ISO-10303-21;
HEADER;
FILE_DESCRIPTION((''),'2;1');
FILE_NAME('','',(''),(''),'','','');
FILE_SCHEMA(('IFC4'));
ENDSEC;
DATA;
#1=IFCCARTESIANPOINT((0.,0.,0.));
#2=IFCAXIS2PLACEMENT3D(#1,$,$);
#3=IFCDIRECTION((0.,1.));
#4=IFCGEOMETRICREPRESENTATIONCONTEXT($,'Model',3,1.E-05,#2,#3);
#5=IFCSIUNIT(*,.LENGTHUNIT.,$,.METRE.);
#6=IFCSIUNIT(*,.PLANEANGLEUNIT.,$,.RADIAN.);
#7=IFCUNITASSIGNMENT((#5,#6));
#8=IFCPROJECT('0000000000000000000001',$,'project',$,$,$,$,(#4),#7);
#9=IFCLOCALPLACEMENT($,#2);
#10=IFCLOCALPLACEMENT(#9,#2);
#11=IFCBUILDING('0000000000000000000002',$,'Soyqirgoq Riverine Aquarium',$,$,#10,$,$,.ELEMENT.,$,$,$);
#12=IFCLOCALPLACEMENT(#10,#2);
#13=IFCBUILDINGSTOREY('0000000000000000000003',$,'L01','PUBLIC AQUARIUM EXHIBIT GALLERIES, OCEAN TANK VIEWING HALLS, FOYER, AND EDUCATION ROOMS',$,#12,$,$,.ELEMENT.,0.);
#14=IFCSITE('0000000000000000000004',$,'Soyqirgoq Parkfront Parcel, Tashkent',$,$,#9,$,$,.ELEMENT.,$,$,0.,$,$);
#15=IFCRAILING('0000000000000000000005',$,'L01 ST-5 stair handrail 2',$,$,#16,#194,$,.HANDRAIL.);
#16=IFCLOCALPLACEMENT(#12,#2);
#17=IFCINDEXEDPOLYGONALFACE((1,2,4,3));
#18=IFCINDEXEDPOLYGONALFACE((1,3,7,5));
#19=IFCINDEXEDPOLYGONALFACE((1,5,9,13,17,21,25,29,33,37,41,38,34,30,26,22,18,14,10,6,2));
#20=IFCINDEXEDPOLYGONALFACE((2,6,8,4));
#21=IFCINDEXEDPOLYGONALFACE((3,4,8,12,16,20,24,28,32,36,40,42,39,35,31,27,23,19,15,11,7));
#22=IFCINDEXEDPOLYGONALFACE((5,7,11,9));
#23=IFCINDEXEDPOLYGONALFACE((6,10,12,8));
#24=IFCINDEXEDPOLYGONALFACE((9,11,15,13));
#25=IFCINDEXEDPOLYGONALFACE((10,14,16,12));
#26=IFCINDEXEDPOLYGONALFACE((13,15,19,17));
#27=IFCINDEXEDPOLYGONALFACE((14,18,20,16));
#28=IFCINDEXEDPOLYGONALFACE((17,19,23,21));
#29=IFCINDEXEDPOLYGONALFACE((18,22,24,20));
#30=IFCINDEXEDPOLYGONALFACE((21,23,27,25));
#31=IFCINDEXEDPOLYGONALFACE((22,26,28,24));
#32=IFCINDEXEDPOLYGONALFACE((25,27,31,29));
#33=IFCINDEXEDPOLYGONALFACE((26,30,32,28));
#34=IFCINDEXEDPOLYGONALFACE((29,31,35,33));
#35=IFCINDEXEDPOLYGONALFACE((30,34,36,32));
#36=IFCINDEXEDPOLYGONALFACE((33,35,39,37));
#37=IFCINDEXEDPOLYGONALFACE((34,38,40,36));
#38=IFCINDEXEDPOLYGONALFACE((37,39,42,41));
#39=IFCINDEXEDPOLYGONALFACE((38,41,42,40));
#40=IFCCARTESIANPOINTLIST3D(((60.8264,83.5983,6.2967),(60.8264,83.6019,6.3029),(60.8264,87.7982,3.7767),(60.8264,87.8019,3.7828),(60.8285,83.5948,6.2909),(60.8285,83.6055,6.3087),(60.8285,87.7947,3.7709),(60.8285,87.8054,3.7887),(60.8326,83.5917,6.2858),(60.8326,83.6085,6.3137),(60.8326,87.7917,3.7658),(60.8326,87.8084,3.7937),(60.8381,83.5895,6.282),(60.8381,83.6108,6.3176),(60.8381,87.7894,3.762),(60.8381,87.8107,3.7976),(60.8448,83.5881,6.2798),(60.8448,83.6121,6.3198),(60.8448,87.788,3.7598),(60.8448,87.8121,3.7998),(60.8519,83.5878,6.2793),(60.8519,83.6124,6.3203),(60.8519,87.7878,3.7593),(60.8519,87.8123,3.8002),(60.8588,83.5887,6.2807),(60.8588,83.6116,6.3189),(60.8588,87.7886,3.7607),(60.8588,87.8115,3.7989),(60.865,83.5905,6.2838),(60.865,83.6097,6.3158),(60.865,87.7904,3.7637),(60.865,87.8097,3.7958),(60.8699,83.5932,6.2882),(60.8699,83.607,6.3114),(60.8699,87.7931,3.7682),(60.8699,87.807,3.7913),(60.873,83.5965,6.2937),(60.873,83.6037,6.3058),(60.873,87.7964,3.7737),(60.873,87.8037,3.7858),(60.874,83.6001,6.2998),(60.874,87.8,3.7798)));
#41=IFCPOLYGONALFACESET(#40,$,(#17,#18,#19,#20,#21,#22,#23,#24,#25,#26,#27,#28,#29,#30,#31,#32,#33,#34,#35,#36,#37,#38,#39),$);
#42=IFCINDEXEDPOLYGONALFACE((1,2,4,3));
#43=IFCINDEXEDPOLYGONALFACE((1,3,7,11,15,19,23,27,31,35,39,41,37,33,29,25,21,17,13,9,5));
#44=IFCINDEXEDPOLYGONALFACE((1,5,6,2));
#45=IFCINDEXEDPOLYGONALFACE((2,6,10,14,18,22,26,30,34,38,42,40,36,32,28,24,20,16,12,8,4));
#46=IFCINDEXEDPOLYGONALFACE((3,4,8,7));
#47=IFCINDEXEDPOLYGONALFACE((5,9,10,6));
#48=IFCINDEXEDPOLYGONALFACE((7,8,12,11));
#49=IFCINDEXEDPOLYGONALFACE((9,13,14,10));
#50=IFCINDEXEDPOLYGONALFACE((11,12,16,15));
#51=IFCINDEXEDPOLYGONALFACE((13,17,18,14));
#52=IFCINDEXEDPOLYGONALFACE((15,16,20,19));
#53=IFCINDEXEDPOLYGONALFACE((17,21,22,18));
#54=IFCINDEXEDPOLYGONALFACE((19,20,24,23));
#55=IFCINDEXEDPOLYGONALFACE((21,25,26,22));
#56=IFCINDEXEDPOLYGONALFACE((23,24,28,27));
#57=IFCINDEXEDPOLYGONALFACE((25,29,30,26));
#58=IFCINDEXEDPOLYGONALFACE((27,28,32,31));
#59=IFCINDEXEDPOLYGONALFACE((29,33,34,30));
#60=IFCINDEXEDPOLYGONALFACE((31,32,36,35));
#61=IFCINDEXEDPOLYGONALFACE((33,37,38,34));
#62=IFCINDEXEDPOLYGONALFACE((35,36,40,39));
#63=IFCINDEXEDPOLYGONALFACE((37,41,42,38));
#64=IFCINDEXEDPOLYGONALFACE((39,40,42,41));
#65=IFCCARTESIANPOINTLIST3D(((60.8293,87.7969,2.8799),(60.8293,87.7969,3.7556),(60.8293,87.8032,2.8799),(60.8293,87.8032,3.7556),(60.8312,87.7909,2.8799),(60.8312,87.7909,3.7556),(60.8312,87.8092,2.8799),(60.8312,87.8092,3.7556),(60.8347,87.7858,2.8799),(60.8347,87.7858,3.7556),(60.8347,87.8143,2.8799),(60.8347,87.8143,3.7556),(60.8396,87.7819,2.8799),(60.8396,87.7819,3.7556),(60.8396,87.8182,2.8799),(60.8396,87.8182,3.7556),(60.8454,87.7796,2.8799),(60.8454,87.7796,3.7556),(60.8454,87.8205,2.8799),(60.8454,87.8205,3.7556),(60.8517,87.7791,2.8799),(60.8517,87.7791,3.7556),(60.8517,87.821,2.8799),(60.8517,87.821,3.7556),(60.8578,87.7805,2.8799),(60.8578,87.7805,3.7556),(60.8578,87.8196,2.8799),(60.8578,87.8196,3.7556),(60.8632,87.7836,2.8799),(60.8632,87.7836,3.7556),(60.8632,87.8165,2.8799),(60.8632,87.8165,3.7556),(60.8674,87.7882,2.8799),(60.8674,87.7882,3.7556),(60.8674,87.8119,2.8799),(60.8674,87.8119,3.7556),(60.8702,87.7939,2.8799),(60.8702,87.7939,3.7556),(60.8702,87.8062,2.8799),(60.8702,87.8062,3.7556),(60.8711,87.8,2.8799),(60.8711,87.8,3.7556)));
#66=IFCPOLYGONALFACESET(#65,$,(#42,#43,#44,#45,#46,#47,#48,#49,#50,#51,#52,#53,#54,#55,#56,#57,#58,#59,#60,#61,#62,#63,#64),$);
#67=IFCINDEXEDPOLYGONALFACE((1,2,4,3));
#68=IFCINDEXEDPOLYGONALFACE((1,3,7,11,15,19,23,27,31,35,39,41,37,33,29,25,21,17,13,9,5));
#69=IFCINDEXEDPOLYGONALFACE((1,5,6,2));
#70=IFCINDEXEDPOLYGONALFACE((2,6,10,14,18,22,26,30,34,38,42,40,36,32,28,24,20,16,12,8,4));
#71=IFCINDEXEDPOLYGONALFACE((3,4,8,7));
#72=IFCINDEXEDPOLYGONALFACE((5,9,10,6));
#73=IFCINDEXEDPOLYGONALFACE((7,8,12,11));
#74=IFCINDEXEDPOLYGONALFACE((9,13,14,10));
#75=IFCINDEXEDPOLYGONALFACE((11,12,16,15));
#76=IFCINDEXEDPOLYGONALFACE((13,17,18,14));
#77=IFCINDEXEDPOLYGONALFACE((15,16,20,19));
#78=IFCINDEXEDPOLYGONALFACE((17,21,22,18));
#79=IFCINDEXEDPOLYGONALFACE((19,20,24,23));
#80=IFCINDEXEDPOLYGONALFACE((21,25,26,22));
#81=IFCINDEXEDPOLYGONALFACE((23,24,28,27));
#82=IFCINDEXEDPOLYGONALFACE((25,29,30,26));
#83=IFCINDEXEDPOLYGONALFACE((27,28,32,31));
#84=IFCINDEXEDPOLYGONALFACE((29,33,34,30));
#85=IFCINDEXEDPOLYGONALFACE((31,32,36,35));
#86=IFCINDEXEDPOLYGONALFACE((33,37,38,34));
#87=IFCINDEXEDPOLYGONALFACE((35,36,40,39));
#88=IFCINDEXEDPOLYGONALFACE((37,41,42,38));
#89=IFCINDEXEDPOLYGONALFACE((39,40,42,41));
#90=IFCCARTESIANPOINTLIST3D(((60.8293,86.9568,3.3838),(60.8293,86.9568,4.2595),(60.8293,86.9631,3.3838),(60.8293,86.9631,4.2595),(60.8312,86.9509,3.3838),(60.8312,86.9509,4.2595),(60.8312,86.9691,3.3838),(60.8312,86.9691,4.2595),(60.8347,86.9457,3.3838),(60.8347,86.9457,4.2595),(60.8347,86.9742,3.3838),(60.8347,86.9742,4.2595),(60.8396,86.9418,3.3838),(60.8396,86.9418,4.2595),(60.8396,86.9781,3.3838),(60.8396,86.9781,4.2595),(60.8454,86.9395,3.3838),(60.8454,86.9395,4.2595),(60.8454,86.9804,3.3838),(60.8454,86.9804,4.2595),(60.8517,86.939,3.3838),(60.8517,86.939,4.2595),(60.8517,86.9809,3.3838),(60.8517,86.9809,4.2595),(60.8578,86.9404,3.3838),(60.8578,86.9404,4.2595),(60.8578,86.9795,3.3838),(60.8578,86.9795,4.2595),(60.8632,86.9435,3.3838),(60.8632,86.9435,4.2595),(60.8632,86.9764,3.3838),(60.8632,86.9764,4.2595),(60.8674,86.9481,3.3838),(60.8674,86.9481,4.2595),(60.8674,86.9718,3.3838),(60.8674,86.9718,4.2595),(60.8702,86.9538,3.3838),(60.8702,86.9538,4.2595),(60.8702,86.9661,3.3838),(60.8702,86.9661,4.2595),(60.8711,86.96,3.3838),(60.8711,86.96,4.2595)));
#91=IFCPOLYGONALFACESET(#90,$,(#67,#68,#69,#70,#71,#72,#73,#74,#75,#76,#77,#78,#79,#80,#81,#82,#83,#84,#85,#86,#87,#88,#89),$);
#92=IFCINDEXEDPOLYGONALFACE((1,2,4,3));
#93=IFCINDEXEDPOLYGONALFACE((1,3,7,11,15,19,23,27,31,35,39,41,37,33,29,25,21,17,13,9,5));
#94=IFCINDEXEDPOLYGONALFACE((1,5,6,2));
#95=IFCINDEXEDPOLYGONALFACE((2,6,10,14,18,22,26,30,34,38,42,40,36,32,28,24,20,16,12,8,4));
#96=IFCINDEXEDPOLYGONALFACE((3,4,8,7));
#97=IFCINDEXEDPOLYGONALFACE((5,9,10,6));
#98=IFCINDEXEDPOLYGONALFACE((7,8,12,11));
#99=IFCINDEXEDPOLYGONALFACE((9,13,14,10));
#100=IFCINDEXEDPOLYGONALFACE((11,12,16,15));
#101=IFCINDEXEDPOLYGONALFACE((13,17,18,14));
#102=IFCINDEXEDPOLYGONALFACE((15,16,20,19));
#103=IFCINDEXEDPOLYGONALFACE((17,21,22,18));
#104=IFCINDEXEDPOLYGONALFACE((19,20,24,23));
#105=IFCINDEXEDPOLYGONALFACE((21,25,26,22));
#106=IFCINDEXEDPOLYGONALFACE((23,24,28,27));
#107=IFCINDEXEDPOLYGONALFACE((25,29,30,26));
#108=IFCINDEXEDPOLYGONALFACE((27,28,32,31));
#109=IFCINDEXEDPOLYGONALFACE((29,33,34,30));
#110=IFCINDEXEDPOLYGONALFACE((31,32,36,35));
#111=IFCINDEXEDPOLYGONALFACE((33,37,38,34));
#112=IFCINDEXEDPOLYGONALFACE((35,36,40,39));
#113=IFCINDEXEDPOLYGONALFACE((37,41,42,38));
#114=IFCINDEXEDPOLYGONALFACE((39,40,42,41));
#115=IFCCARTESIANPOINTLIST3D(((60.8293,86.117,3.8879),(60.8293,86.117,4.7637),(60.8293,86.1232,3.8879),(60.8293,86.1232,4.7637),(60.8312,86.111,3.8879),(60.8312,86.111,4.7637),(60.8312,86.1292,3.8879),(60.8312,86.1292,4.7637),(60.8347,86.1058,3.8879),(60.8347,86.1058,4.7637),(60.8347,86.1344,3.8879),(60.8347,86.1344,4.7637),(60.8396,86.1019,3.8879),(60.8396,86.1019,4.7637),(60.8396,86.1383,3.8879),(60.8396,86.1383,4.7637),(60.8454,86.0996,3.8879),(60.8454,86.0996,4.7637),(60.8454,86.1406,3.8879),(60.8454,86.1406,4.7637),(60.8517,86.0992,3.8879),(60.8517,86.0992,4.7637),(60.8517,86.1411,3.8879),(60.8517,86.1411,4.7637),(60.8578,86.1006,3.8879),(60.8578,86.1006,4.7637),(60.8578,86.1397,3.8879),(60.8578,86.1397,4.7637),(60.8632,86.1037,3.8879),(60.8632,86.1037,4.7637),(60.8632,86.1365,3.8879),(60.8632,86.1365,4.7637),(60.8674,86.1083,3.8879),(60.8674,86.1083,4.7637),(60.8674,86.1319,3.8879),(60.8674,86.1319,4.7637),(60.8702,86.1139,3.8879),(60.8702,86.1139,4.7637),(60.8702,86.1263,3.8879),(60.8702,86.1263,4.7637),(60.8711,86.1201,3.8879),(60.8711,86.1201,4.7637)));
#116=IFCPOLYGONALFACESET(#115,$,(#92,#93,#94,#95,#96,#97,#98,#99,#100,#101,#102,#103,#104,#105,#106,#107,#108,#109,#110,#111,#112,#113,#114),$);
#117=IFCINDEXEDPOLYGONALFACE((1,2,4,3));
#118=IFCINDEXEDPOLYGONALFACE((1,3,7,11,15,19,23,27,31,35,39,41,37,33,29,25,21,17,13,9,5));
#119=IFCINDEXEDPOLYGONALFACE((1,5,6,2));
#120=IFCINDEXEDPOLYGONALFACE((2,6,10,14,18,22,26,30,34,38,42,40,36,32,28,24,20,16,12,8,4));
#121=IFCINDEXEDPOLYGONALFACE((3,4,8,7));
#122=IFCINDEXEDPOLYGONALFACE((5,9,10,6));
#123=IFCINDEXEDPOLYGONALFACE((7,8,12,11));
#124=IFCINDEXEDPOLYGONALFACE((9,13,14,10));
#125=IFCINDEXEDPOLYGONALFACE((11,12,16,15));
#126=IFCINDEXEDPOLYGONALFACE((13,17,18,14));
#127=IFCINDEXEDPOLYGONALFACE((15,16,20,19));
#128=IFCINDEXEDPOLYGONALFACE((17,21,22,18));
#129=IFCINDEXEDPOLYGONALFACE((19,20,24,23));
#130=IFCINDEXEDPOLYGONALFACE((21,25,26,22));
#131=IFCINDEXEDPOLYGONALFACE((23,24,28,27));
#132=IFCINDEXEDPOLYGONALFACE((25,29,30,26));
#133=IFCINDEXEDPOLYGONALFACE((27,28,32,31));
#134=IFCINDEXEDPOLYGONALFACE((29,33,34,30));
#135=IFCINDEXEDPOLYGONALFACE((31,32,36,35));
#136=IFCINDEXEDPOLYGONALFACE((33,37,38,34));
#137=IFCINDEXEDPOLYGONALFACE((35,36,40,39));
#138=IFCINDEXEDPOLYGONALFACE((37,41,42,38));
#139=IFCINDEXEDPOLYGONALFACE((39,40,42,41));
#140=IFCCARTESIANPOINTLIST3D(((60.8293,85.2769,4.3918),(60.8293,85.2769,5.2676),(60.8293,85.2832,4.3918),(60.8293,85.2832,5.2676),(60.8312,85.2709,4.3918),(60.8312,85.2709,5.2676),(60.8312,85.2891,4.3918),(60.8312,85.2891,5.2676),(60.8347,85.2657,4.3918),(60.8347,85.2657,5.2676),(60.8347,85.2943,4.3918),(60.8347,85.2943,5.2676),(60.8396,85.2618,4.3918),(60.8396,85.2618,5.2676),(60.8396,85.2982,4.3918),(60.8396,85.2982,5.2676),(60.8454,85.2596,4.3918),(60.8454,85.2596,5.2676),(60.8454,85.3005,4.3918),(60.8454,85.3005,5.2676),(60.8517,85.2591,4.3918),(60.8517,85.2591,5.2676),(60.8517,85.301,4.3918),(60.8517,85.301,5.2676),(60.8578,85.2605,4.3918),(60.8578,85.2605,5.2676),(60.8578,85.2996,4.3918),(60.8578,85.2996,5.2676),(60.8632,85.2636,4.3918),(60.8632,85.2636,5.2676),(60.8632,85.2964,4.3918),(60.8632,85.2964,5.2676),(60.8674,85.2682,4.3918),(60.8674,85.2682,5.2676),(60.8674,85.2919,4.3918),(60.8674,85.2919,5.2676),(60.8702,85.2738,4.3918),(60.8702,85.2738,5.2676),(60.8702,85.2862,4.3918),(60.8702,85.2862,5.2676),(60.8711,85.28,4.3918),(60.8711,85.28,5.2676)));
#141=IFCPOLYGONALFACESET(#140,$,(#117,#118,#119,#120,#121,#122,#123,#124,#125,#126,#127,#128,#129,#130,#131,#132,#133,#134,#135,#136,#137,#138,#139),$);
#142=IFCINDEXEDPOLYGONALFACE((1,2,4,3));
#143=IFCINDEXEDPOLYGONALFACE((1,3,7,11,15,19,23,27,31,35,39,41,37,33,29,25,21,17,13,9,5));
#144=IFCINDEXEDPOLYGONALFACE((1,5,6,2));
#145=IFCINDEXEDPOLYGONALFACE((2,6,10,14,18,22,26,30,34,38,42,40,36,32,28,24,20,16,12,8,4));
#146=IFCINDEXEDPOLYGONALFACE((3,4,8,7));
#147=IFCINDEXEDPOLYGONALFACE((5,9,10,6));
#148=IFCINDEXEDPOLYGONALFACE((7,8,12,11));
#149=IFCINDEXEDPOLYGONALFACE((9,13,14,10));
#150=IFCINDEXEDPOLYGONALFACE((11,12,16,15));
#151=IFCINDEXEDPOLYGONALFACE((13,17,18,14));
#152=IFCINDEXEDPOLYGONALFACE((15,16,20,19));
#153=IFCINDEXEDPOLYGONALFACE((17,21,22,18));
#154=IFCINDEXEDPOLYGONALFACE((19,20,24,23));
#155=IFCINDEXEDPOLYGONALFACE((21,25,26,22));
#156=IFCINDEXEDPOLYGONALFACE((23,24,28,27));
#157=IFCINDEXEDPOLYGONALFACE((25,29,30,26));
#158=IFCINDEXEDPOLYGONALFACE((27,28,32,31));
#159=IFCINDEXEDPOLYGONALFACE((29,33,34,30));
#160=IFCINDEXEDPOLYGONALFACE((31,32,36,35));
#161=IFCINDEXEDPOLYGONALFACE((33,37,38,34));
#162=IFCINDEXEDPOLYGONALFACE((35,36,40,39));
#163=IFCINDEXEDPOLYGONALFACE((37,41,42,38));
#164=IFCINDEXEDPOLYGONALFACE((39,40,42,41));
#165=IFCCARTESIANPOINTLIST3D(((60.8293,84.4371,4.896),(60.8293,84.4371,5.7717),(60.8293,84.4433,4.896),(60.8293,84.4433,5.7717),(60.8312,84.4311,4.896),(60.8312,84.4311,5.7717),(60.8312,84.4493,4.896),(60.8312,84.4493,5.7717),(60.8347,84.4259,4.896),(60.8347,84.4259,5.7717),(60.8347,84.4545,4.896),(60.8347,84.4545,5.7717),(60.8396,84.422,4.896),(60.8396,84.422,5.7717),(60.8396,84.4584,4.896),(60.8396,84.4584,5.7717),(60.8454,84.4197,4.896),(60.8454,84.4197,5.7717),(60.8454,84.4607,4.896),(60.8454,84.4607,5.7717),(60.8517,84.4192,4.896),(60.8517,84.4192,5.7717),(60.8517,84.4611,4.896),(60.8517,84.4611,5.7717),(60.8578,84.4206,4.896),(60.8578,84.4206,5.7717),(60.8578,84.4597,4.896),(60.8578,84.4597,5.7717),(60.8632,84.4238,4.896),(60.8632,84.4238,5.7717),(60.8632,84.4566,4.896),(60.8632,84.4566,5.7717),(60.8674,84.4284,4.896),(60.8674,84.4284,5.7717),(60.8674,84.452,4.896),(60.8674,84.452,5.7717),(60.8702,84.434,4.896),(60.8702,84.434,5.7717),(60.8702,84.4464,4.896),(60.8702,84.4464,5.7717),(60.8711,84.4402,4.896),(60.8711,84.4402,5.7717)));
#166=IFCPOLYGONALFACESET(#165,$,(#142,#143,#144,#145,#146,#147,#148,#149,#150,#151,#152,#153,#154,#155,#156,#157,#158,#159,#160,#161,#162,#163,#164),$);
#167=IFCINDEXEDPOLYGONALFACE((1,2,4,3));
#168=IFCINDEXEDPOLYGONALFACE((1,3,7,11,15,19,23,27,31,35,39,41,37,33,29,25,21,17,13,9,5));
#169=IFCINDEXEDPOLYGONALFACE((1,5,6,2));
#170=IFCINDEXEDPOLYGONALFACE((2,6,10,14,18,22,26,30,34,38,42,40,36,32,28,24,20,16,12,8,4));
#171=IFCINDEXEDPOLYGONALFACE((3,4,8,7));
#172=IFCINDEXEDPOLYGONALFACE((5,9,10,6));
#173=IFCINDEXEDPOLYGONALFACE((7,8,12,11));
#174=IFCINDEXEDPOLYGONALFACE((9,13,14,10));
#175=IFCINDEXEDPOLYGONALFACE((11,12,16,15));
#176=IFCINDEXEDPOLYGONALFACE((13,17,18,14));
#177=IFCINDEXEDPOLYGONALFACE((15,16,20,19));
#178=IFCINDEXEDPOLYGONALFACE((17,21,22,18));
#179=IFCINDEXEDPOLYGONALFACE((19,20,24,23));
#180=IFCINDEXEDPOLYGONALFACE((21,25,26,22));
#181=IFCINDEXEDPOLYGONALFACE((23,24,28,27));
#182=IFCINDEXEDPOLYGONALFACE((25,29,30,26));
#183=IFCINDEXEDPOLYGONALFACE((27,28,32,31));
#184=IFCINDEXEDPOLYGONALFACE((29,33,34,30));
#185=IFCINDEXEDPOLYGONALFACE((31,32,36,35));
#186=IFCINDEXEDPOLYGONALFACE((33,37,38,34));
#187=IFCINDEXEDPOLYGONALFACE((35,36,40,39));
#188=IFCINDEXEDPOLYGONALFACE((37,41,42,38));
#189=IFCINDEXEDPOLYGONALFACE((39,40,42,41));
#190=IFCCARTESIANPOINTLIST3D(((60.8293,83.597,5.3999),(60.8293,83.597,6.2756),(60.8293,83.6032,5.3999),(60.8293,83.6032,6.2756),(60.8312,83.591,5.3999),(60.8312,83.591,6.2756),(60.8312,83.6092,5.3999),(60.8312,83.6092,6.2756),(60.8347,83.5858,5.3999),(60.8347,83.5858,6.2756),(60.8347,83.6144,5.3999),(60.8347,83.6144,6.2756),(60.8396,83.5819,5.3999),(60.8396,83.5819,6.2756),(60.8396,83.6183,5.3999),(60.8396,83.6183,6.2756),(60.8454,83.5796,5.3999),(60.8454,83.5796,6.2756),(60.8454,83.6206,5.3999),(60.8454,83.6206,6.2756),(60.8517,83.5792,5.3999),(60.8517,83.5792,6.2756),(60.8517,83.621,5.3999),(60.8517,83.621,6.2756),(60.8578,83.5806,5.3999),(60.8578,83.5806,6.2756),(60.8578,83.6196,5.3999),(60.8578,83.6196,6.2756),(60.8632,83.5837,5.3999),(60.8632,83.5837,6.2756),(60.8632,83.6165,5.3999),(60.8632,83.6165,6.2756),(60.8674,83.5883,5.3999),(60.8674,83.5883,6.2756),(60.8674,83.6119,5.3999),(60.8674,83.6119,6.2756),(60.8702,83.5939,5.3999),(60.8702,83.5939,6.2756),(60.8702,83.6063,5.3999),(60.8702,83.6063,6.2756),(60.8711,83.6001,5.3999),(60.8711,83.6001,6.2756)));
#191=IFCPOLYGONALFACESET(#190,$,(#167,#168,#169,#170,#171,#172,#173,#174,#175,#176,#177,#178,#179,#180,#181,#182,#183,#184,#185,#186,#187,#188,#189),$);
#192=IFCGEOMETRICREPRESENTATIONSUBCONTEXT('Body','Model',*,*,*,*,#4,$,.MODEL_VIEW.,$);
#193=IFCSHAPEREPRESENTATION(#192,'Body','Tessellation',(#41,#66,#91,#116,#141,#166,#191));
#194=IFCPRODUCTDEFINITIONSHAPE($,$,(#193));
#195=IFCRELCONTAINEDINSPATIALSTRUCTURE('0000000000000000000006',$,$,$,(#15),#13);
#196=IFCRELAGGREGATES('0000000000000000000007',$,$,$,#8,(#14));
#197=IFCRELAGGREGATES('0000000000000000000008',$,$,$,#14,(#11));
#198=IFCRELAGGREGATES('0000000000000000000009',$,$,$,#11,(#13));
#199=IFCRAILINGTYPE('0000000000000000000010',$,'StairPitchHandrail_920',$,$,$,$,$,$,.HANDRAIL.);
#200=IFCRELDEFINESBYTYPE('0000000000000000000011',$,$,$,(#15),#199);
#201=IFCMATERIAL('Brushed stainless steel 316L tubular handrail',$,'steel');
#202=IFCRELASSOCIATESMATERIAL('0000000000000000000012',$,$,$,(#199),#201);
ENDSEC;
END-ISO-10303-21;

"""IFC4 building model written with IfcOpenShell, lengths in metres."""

from ifc_helpers import new_model, si_unit, direction, frame, origin, origin_2d, place, context, subcontext, project, spatial, circle, extrude, material, type_object, element, save


model = new_model("IFC4")

# Units and contexts
model_context = context("Model", 3, precision=1e-05, world=origin(), true_north=direction((0.0, 1.0)))
body_context = subcontext(model_context, "Body", "Model", "MODEL_VIEW")
ifc_project = project(units=[si_unit("LENGTHUNIT", "METRE"), si_unit("PLANEANGLEUNIT", "RADIAN")], contexts=[model_context])

# Site, building, storey
site_placement = place(None, origin())
site = spatial("IfcSite", under=ifc_project, at=site_placement, Name="Soyqirgoq Parkfront Parcel, Tashkent", CompositionType="ELEMENT", RefElevation=0.0)
building_placement = place(site_placement, origin())
building = spatial("IfcBuilding", under=site, at=building_placement, Name="Soyqirgoq Riverine Aquarium", CompositionType="ELEMENT")
storey_placement = place(building_placement, origin())
storey = spatial("IfcBuildingStorey", under=building, at=storey_placement, Name="L01", Description="PUBLIC AQUARIUM EXHIBIT GALLERIES, OCEAN TANK VIEWING HALLS, FOYER, AND EDUCATION ROOMS", CompositionType="ELEMENT", Elevation=0.0)

# Railing
ifc_material_1 = material(Name="Brushed stainless steel 316L tubular handrail", Category="steel")
railing_type_1 = type_object("IfcRailingType", Name="StairPitchHandrail_920", PredefinedType="HANDRAIL", material=ifc_material_1)
railing_1_placement = place(storey_placement, frame((60.8501, 87.8, 2.8799)))
element("IfcRailing", 1, at=railing_1_placement, inside=storey, type_object=railing_type_1, Name="L01 ST-5 stair handrail 2", PredefinedType="HANDRAIL", context=body_context, shape_type="SweptSolid", body=[
    extrude(circle(Radius=0.0239, at=origin_2d()), frame((0.0, 0.0, 0.8999), z_axis=(0.0, -0.857489, 0.514503), x_axis=(1.0, 0.0, 0.0)), (0.0, 0.0, 1.0), 4.8979),
    extrude(circle(Radius=0.021, at=origin_2d()), origin(), (0.0, 0.0, 1.0), 0.8757),
    extrude(circle(Radius=0.021, at=origin_2d()), frame((0.0, -0.8401, 0.5039)), (0.0, 0.0, 1.0), 0.8757),
    extrude(circle(Radius=0.021, at=origin_2d()), frame((0.0, -1.6799, 1.0081)), (0.0, 0.0, 1.0), 0.8757),
    extrude(circle(Radius=0.021, at=origin_2d()), frame((0.0, -2.52, 1.512)), (0.0, 0.0, 1.0), 0.8757),
    extrude(circle(Radius=0.021, at=origin_2d()), frame((0.0, -3.3599, 2.0161)), (0.0, 0.0, 1.0), 0.8757),
    extrude(circle(Radius=0.021, at=origin_2d()), frame((0.0, -4.2, 2.52)), (0.0, 0.0, 1.0), 0.8757),
])

save(model, "model.ifc")
